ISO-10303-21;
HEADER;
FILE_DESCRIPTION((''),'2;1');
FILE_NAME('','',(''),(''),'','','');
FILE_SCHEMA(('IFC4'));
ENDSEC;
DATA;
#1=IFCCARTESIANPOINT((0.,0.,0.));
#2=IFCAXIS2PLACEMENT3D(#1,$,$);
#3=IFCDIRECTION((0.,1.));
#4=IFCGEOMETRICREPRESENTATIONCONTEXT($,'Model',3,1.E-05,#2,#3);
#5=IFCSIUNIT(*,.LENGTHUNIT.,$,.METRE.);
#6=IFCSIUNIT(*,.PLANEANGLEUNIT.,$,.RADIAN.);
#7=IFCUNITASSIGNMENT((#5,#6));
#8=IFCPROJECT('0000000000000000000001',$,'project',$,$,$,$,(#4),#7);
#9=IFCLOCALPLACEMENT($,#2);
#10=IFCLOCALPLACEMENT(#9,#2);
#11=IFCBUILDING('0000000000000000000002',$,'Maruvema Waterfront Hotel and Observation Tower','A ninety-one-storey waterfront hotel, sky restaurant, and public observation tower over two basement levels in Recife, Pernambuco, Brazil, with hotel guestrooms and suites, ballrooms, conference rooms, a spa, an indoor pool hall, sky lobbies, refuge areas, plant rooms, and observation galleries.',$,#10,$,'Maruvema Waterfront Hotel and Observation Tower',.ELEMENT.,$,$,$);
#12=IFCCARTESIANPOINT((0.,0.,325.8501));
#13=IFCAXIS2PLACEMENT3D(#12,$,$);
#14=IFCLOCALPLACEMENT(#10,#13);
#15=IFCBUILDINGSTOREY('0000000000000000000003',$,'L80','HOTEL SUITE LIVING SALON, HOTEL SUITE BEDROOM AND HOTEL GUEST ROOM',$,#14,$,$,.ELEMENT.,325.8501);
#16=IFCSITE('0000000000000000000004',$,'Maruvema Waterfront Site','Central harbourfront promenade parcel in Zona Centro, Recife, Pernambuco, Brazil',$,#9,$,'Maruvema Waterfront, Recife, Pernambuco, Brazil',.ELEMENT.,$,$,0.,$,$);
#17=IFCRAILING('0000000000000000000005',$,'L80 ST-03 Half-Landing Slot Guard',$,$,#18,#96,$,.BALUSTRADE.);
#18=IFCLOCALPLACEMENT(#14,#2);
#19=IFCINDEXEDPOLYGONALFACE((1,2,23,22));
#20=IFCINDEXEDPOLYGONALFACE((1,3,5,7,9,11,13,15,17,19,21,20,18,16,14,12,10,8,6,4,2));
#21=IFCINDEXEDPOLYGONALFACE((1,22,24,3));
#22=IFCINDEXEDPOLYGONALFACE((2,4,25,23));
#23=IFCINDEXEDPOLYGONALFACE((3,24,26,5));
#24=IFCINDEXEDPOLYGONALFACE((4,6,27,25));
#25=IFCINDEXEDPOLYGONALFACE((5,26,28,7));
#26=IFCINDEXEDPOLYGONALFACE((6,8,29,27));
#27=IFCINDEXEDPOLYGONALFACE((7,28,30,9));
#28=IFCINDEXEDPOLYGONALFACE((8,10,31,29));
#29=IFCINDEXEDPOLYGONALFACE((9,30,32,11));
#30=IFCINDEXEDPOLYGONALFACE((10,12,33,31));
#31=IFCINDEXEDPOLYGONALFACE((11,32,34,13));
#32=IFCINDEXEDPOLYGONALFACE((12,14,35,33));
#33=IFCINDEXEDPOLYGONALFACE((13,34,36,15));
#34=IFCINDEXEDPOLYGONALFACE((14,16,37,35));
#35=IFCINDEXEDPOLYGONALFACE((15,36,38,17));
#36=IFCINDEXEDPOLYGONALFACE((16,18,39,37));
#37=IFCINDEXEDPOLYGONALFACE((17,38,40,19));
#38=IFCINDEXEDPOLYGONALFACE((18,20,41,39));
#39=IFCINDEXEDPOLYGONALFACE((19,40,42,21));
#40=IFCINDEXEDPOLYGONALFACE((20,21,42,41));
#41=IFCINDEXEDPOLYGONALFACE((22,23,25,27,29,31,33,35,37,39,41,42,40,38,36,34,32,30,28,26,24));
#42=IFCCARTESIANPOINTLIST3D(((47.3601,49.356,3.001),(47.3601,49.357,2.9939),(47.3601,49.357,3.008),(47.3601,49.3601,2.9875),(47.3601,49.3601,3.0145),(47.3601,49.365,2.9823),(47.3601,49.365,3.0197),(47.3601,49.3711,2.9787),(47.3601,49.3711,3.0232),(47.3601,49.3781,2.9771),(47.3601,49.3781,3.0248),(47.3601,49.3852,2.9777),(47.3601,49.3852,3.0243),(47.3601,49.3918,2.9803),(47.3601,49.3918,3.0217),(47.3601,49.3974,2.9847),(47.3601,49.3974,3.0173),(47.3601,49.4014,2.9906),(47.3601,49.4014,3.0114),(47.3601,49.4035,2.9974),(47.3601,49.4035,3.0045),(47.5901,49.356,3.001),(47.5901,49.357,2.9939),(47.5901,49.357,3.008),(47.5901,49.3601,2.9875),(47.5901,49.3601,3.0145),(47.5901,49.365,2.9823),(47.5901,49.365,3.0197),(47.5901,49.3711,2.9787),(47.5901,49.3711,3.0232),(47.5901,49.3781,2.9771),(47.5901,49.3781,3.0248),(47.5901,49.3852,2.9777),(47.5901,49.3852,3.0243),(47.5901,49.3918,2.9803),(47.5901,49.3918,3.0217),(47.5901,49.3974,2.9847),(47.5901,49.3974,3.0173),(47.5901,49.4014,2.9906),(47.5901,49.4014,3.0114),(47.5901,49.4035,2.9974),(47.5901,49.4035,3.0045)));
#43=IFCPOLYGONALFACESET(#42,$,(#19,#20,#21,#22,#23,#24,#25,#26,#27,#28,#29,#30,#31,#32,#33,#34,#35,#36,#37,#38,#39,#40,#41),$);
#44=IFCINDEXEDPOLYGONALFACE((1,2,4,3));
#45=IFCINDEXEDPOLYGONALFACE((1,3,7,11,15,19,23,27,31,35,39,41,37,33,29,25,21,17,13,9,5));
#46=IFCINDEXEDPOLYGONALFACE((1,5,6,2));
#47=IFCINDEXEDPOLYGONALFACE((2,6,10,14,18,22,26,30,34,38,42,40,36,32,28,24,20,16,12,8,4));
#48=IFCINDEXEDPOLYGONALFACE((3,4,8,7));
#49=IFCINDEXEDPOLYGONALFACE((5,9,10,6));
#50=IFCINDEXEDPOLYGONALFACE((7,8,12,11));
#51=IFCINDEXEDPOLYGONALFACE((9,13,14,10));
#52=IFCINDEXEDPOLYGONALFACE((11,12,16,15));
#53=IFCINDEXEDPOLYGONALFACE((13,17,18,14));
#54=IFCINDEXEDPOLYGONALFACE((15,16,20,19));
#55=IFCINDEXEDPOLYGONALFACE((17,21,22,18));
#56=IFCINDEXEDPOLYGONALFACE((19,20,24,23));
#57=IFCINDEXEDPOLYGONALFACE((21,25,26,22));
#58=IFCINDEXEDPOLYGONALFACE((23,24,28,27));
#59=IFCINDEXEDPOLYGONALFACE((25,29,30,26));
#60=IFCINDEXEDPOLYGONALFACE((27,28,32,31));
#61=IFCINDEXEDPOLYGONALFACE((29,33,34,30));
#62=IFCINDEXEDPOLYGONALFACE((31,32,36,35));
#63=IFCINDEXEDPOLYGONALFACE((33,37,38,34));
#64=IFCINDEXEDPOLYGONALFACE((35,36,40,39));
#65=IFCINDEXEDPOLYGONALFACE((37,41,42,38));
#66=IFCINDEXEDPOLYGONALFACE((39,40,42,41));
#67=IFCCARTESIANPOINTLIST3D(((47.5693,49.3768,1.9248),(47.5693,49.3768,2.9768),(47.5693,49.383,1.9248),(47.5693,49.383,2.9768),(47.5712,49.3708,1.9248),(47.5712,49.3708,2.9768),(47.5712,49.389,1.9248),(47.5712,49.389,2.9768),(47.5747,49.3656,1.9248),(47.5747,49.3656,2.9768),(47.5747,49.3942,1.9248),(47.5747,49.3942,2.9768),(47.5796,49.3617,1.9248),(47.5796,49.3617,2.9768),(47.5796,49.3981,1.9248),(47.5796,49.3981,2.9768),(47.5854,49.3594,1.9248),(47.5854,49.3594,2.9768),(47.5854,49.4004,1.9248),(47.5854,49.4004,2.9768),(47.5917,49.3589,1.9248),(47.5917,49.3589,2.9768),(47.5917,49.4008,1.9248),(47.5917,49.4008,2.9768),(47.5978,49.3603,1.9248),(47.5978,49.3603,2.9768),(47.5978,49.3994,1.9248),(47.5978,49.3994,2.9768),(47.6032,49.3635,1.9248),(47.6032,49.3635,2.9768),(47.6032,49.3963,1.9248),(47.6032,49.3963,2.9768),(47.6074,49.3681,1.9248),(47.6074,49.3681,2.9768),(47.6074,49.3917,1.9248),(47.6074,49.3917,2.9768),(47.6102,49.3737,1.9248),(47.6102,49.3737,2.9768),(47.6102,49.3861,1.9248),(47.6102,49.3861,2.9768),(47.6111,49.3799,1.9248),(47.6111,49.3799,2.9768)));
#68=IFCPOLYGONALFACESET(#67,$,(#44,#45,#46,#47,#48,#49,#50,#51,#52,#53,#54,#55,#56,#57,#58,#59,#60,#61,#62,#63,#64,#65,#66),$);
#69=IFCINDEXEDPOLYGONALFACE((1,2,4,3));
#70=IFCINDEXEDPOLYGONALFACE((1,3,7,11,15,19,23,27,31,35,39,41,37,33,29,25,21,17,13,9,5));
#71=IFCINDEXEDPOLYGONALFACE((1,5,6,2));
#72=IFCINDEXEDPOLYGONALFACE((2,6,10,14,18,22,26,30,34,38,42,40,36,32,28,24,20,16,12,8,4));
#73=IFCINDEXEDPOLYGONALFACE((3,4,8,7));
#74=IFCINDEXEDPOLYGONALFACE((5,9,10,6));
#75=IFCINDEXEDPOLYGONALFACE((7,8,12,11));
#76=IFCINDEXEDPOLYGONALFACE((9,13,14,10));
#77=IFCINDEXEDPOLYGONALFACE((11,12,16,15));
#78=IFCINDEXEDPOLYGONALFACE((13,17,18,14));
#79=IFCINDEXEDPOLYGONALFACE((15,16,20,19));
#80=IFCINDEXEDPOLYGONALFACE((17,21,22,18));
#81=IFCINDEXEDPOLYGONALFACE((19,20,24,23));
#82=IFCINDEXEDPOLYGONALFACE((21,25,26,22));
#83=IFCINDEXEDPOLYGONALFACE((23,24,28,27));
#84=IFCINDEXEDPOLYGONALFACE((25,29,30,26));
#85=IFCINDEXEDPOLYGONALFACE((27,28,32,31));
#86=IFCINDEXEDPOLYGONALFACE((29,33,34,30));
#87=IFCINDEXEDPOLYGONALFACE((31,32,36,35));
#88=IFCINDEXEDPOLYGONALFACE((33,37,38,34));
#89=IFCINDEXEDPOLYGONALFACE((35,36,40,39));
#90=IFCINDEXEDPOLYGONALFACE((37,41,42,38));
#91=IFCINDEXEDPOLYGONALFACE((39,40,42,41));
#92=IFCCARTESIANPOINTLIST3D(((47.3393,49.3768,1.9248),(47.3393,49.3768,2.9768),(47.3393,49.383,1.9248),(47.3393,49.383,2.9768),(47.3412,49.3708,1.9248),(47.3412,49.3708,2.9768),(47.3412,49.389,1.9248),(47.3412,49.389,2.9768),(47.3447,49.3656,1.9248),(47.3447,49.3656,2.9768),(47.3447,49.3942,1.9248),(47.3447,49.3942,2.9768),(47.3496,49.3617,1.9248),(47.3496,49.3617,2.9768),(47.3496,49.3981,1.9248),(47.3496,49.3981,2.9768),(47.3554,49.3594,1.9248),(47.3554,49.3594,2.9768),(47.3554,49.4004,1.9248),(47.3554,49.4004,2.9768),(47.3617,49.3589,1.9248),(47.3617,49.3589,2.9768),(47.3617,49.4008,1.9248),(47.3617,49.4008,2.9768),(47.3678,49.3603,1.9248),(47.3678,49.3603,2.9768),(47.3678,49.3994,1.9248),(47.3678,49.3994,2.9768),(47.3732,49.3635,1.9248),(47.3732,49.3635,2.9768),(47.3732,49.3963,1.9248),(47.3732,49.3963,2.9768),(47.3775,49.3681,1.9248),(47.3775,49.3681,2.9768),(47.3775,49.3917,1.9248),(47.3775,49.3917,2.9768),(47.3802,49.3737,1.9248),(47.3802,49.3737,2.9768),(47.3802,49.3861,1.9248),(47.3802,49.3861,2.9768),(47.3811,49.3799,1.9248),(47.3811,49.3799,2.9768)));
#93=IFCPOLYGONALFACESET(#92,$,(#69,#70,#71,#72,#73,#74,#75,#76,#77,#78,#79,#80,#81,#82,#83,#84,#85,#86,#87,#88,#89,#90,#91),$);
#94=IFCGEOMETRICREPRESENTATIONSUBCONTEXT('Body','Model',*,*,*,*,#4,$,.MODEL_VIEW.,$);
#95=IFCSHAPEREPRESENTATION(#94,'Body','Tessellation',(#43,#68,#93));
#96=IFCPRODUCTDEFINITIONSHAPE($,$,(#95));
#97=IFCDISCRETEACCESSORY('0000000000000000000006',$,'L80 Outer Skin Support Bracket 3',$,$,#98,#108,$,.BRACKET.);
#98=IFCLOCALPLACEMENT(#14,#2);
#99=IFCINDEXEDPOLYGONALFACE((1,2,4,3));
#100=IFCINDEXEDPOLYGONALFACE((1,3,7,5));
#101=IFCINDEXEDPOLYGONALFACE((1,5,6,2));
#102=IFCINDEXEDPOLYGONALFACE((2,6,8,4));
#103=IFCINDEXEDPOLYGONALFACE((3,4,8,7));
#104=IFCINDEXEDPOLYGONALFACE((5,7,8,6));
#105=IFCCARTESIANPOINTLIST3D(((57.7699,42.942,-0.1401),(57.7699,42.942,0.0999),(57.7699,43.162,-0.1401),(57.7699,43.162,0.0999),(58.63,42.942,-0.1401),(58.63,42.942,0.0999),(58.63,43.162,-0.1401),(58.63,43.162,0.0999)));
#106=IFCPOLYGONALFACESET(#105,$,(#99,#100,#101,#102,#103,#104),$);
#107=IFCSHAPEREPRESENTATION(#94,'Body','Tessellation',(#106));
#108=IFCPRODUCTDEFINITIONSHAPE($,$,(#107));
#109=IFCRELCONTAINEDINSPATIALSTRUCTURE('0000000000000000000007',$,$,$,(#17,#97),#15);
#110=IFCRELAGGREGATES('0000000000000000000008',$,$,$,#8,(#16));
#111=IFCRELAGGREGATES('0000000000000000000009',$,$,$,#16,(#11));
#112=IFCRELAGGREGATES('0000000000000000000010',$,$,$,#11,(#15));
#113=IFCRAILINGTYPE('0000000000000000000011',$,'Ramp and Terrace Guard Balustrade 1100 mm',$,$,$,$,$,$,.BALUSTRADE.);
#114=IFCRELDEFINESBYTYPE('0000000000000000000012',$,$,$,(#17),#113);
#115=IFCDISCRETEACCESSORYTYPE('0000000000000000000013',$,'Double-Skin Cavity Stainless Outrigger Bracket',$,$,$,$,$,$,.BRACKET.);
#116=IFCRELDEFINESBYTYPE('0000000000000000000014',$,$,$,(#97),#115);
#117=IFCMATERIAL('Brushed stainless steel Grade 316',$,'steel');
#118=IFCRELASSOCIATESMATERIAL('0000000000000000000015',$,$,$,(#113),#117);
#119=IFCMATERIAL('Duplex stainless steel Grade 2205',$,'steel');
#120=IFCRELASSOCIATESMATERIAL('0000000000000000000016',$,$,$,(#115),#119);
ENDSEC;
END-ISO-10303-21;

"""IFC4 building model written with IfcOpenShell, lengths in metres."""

from ifc_helpers import new_model, si_unit, direction, frame, origin, origin_2d, place, context, subcontext, project, spatial, rectangle, circle, extrude, material, type_object, element, save


model = new_model("IFC4")

# Units and contexts
model_context = context("Model", 3, precision=1e-05, world=origin(), true_north=direction((0.0, 1.0)))
body_context = subcontext(model_context, "Body", "Model", "MODEL_VIEW")
ifc_project = project(units=[si_unit("LENGTHUNIT", "METRE"), si_unit("PLANEANGLEUNIT", "RADIAN")], contexts=[model_context])

# Site, building, storey
site_placement = place(None, origin())
site = spatial("IfcSite", under=ifc_project, at=site_placement, Name="Maruvema Waterfront Site", Description="Central harbourfront promenade parcel in Zona Centro, Recife, Pernambuco, Brazil", LongName="Maruvema Waterfront, Recife, Pernambuco, Brazil", CompositionType="ELEMENT", RefElevation=0.0)
building_placement = place(site_placement, origin())
building = spatial("IfcBuilding", under=site, at=building_placement, Name="Maruvema Waterfront Hotel and Observation Tower", Description="A ninety-one-storey waterfront hotel, sky restaurant, and public observation tower over two basement levels in Recife, Pernambuco, Brazil, with hotel guestrooms and suites, ballrooms, conference rooms, a spa, an indoor pool hall, sky lobbies, refuge areas, plant rooms, and observation galleries.", LongName="Maruvema Waterfront Hotel and Observation Tower", CompositionType="ELEMENT")
storey_placement = place(building_placement, frame((0.0, 0.0, 325.8501)))
storey = spatial("IfcBuildingStorey", under=building, at=storey_placement, Name="L80", Description="HOTEL SUITE LIVING SALON, HOTEL SUITE BEDROOM AND HOTEL GUEST ROOM", CompositionType="ELEMENT", Elevation=325.8501)

# Railing
ifc_material_1 = material(Name="Brushed stainless steel Grade 316", Category="steel")
railing_type_1 = type_object("IfcRailingType", Name="Ramp and Terrace Guard Balustrade 1100 mm", PredefinedType="BALUSTRADE", material=ifc_material_1)
railing_1_placement = place(storey_placement, frame((47.5901, 49.3799, 1.9248)))
element("IfcRailing", 1, at=railing_1_placement, inside=storey, type_object=railing_type_1, Name="L80 ST-03 Half-Landing Slot Guard", PredefinedType="BALUSTRADE", context=body_context, shape_type="SweptSolid", body=[
    extrude(circle(Radius=0.0239, at=origin_2d()), frame((0.0, 0.0, 1.0762), z_axis=(-1.0, 0.0, 0.0), x_axis=(0.0, -1.0, 0.0)), (0.0, 0.0, 1.0), 0.23),
    extrude(circle(Radius=0.021, at=origin_2d()), origin(), (0.0, 0.0, 1.0), 1.052),
    extrude(circle(Radius=0.021, at=origin_2d()), frame((-0.23, 0.0, 0.0)), (0.0, 0.0, 1.0), 1.052),
])

# Discrete accessory
ifc_material_2 = material(Name="Duplex stainless steel Grade 2205", Category="steel")
discrete_accessory_type = type_object("IfcDiscreteAccessoryType", Name="Double-Skin Cavity Stainless Outrigger Bracket", PredefinedType="BRACKET", material=ifc_material_2)
discrete_accessory_placement = place(storey_placement, frame((58.2, 43.052, -0.1401), z_axis=(0.0, 0.0, 1.0), x_axis=(0.0, 1.0, 0.0)))
element("IfcDiscreteAccessory", 2, at=discrete_accessory_placement, inside=storey, type_object=discrete_accessory_type, Name="L80 Outer Skin Support Bracket 3", PredefinedType="BRACKET", context=body_context, shape_type="SweptSolid", body=[
    extrude(rectangle(XDim=0.22, YDim=0.8601, at=origin_2d()), origin(), (0.0, 0.0, 1.0), 0.24),
])

save(model, "model.ifc")
